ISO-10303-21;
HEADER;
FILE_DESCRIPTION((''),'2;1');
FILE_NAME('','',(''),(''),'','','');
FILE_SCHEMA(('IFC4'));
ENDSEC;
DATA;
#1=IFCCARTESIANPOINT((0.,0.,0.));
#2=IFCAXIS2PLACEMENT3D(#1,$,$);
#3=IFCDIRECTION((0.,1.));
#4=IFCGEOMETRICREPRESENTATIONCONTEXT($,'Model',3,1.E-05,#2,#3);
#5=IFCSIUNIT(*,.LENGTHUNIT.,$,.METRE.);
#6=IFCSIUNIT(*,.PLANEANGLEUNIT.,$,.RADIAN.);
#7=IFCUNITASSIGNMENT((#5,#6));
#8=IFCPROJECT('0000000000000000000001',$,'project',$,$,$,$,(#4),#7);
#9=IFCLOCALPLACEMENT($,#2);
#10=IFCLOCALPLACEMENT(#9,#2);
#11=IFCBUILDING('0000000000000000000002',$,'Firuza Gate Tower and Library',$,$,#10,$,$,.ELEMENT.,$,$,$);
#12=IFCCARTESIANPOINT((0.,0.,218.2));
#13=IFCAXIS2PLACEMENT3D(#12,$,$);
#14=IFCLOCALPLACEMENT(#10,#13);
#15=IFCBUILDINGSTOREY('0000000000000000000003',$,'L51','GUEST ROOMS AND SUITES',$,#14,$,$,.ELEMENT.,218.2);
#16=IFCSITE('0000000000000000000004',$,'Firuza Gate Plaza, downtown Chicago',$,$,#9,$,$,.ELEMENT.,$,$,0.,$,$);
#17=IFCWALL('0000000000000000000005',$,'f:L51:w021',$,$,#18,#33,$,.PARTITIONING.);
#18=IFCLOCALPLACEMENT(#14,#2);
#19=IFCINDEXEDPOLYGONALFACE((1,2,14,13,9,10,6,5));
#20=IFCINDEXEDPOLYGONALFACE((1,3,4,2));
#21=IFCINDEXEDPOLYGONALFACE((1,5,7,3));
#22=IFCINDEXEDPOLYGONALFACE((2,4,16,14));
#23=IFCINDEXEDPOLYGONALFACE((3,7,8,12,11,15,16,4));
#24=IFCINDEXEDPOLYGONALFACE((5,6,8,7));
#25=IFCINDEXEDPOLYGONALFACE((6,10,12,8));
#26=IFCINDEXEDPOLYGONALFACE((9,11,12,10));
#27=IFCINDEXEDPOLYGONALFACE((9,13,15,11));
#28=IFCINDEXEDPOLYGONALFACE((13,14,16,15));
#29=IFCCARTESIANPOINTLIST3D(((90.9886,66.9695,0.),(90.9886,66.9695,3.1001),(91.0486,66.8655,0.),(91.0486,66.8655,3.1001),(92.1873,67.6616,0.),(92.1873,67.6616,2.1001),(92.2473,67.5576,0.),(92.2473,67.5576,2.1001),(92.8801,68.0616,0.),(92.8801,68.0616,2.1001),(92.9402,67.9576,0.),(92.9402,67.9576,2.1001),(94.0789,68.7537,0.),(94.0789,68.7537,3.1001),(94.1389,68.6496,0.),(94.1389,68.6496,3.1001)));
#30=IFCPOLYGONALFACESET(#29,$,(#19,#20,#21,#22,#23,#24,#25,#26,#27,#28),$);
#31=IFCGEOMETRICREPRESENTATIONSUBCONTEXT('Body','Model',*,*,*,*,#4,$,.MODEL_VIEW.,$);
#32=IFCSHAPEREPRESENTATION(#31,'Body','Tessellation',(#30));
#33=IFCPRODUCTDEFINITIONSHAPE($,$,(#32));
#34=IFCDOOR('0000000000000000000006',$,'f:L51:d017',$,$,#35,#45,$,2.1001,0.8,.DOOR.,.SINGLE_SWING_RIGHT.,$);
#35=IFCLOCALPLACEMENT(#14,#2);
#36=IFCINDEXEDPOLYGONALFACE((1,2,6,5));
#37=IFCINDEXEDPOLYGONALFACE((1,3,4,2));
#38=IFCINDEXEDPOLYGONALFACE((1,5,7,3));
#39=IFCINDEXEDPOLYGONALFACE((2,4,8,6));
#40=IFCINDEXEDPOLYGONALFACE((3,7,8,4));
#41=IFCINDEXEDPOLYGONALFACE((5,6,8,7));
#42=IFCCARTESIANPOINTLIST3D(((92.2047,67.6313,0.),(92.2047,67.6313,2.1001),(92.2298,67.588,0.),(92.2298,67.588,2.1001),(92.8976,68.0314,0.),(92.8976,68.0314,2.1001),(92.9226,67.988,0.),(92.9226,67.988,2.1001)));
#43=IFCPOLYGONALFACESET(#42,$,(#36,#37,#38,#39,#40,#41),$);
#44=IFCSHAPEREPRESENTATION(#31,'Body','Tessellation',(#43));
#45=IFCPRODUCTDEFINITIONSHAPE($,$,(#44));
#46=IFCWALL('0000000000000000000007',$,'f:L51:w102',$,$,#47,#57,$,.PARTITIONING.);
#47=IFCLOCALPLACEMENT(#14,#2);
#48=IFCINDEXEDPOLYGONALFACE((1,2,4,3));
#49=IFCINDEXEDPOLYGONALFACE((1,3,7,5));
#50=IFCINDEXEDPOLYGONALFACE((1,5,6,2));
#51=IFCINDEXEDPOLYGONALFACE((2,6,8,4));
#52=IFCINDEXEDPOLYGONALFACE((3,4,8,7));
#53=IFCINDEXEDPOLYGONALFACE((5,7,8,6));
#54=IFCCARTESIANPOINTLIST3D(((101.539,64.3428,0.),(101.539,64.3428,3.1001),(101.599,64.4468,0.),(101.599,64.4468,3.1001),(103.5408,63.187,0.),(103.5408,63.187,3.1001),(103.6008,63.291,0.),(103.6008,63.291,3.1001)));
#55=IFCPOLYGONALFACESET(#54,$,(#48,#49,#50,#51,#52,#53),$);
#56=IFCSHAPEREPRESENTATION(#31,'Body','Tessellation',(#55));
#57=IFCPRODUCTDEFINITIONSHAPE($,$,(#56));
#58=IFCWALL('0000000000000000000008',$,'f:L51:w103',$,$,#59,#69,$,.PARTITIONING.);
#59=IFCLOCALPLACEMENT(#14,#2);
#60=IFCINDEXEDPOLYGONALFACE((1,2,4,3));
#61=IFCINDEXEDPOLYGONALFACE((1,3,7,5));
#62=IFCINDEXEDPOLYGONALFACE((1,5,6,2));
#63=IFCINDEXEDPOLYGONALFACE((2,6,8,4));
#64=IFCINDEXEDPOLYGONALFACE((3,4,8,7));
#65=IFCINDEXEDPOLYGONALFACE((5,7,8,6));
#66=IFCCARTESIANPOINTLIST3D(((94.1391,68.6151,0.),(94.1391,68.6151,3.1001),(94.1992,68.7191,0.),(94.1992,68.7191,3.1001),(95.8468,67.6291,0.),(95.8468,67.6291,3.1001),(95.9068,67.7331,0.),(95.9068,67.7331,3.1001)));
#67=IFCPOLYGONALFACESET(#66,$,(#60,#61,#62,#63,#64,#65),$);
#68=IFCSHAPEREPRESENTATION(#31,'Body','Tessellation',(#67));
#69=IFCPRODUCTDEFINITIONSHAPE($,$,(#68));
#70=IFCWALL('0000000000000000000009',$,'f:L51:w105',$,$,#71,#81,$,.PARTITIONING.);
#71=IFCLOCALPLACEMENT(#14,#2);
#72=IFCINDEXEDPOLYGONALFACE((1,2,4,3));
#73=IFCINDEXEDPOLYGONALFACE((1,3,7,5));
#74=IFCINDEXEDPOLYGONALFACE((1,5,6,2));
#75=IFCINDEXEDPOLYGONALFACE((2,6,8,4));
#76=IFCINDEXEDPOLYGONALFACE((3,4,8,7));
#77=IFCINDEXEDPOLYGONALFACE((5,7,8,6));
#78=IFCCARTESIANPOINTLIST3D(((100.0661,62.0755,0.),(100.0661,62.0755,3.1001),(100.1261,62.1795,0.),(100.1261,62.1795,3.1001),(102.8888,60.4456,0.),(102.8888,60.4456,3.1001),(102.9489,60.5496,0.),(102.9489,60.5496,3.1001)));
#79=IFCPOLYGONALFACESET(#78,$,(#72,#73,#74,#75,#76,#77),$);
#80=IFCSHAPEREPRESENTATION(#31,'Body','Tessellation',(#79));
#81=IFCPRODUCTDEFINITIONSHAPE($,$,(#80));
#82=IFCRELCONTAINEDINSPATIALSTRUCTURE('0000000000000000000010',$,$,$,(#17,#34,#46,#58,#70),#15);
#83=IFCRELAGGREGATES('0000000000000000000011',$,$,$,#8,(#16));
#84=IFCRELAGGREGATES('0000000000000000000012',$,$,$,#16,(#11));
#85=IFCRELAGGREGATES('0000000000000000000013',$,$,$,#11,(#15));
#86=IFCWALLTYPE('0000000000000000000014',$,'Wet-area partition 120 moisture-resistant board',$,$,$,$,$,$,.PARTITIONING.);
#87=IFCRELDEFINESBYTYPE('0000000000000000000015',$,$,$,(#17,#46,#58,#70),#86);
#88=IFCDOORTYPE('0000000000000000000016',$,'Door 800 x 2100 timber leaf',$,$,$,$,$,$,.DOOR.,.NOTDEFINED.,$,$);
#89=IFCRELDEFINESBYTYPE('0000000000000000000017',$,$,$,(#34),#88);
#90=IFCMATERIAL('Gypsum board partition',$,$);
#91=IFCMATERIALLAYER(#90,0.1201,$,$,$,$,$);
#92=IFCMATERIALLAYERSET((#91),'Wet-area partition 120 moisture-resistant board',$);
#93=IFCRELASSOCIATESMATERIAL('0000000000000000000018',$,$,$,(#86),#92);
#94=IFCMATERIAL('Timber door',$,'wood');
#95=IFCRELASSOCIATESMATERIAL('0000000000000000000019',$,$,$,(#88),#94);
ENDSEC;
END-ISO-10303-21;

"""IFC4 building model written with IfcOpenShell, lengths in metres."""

from ifc_helpers import new_model, si_unit, direction, frame, frame_2d, origin, place, context, subcontext, project, spatial, rectangle, extrude, material, layer, layer_set, type_object, element, fill, save


model = new_model("IFC4")

# Units and contexts
model_context = context("Model", 3, precision=1e-05, world=origin(), true_north=direction((0.0, 1.0)))
body_context = subcontext(model_context, "Body", "Model", "MODEL_VIEW")
ifc_project = project(units=[si_unit("LENGTHUNIT", "METRE"), si_unit("PLANEANGLEUNIT", "RADIAN")], contexts=[model_context])

# Site, building, storey
site_placement = place(None, origin())
site = spatial("IfcSite", under=ifc_project, at=site_placement, Name="Firuza Gate Plaza, downtown Chicago", CompositionType="ELEMENT", RefElevation=0.0)
building_placement = place(site_placement, origin())
building = spatial("IfcBuilding", under=site, at=building_placement, Name="Firuza Gate Tower and Library", CompositionType="ELEMENT")
storey_placement = place(building_placement, frame((0.0, 0.0, 218.2)))
storey = spatial("IfcBuildingStorey", under=building, at=storey_placement, Name="L51", Description="GUEST ROOMS AND SUITES", CompositionType="ELEMENT", Elevation=218.2)

# Wall, opening, door
ifc_material_1 = material(Name="Gypsum board partition")
ifc_layer_1 = layer(ifc_material_1, 0.1201)
ifc_layer_set_1 = layer_set([ifc_layer_1], Name="Wet-area partition 120 moisture-resistant board")
wall_type_1 = type_object("IfcWallType", Name="Wet-area partition 120 moisture-resistant board", PredefinedType="PARTITIONING", material=ifc_layer_set_1)
ifc_material_2 = material(Name="Timber door", Category="wood")
door_type = type_object("IfcDoorType", Name="Door 800 x 2100 timber leaf", OperationType="NOTDEFINED", PredefinedType="DOOR", material=ifc_material_2)
wall_1_placement = place(storey_placement, frame((94.1089, 68.7017, 0.0), z_axis=(0.0, 0.0, 1.0), x_axis=(-0.866028, -0.499995, 0.0)))
wall_1 = element("IfcWall", 1, at=wall_1_placement, inside=storey, type_object=wall_type_1, Name="f:L51:w021", PredefinedType="PARTITIONING", context=body_context, shape_type="SweptSolid", body=[
    extrude(rectangle(XDim=3.5684, YDim=0.1201, at=frame_2d((1.7842, 0.0))), origin(), (0.0, 0.0, 1.0), 3.1001),
])
opening_1_placement = place(wall_1_placement, frame((1.3843, 0.0, 0.0)))
opening_1 = element("IfcOpeningElement", 2, at=opening_1_placement, cuts=wall_1, PredefinedType="OPENING", context=body_context, shape_type="SweptSolid", body=[
    extrude(rectangle(XDim=0.8, YDim=2.1001, at=frame_2d((0.3999, 1.05))), frame((0.0, 0.0701, 0.0), z_axis=(0.0, -1.0, 0.0), x_axis=(1.0, 0.0, 0.0)), (0.0, 0.0, 1.0), 0.1401),
])
door_1_placement = place(opening_1_placement, origin())
door_1 = element("IfcDoor", 3, at=door_1_placement, inside=storey, type_object=door_type, Name="f:L51:d017", OperationType="SINGLE_SWING_RIGHT", OverallHeight=2.1001, OverallWidth=0.8, PredefinedType="DOOR", context=body_context, shape_type="SweptSolid", body=[
    extrude(rectangle(XDim=0.8, YDim=2.1001, at=frame_2d((0.3999, 1.05))), frame((0.0, 0.0249, 0.0), z_axis=(0.0, -1.0, 0.0), x_axis=(1.0, 0.0, 0.0)), (0.0, 0.0, 1.0), 0.05),
])
fill(opening_1, door_1)

# Walls
wall_2_placement = place(storey_placement, frame((103.5708, 63.239, 0.0), z_axis=(0.0, 0.0, 1.0), x_axis=(-0.866011, 0.500024, 0.0)))
element("IfcWall", 4, at=wall_2_placement, inside=storey, type_object=wall_type_1, Name="f:L51:w102", PredefinedType="PARTITIONING", context=body_context, shape_type="SweptSolid", body=[
    extrude(rectangle(XDim=2.3115, YDim=0.1201, at=frame_2d((1.1558, 0.0))), origin(), (0.0, 0.0, 1.0), 3.1001),
])
wall_3_placement = place(storey_placement, frame((95.8767, 67.6812, 0.0), z_axis=(0.0, 0.0, 1.0), x_axis=(-0.866002, 0.50004, 0.0)))
element("IfcWall", 5, at=wall_3_placement, inside=storey, type_object=wall_type_1, Name="f:L51:w103", PredefinedType="PARTITIONING", context=body_context, shape_type="SweptSolid", body=[
    extrude(rectangle(XDim=1.9719, YDim=0.1201, at=frame_2d((0.9858, 0.0))), origin(), (0.0, 0.0, 1.0), 3.1001),
])
wall_4_placement = place(storey_placement, frame((102.9189, 60.4976, 0.0), z_axis=(0.0, 0.0, 1.0), x_axis=(-0.866003, 0.500038, 0.0)))
element("IfcWall", 6, at=wall_4_placement, inside=storey, type_object=wall_type_1, Name="f:L51:w105", PredefinedType="PARTITIONING", context=body_context, shape_type="SweptSolid", body=[
    extrude(rectangle(XDim=3.2595, YDim=0.1201, at=frame_2d((1.6299, 0.0))), origin(), (0.0, 0.0, 1.0), 3.1001),
])

save(model, "model.ifc")
